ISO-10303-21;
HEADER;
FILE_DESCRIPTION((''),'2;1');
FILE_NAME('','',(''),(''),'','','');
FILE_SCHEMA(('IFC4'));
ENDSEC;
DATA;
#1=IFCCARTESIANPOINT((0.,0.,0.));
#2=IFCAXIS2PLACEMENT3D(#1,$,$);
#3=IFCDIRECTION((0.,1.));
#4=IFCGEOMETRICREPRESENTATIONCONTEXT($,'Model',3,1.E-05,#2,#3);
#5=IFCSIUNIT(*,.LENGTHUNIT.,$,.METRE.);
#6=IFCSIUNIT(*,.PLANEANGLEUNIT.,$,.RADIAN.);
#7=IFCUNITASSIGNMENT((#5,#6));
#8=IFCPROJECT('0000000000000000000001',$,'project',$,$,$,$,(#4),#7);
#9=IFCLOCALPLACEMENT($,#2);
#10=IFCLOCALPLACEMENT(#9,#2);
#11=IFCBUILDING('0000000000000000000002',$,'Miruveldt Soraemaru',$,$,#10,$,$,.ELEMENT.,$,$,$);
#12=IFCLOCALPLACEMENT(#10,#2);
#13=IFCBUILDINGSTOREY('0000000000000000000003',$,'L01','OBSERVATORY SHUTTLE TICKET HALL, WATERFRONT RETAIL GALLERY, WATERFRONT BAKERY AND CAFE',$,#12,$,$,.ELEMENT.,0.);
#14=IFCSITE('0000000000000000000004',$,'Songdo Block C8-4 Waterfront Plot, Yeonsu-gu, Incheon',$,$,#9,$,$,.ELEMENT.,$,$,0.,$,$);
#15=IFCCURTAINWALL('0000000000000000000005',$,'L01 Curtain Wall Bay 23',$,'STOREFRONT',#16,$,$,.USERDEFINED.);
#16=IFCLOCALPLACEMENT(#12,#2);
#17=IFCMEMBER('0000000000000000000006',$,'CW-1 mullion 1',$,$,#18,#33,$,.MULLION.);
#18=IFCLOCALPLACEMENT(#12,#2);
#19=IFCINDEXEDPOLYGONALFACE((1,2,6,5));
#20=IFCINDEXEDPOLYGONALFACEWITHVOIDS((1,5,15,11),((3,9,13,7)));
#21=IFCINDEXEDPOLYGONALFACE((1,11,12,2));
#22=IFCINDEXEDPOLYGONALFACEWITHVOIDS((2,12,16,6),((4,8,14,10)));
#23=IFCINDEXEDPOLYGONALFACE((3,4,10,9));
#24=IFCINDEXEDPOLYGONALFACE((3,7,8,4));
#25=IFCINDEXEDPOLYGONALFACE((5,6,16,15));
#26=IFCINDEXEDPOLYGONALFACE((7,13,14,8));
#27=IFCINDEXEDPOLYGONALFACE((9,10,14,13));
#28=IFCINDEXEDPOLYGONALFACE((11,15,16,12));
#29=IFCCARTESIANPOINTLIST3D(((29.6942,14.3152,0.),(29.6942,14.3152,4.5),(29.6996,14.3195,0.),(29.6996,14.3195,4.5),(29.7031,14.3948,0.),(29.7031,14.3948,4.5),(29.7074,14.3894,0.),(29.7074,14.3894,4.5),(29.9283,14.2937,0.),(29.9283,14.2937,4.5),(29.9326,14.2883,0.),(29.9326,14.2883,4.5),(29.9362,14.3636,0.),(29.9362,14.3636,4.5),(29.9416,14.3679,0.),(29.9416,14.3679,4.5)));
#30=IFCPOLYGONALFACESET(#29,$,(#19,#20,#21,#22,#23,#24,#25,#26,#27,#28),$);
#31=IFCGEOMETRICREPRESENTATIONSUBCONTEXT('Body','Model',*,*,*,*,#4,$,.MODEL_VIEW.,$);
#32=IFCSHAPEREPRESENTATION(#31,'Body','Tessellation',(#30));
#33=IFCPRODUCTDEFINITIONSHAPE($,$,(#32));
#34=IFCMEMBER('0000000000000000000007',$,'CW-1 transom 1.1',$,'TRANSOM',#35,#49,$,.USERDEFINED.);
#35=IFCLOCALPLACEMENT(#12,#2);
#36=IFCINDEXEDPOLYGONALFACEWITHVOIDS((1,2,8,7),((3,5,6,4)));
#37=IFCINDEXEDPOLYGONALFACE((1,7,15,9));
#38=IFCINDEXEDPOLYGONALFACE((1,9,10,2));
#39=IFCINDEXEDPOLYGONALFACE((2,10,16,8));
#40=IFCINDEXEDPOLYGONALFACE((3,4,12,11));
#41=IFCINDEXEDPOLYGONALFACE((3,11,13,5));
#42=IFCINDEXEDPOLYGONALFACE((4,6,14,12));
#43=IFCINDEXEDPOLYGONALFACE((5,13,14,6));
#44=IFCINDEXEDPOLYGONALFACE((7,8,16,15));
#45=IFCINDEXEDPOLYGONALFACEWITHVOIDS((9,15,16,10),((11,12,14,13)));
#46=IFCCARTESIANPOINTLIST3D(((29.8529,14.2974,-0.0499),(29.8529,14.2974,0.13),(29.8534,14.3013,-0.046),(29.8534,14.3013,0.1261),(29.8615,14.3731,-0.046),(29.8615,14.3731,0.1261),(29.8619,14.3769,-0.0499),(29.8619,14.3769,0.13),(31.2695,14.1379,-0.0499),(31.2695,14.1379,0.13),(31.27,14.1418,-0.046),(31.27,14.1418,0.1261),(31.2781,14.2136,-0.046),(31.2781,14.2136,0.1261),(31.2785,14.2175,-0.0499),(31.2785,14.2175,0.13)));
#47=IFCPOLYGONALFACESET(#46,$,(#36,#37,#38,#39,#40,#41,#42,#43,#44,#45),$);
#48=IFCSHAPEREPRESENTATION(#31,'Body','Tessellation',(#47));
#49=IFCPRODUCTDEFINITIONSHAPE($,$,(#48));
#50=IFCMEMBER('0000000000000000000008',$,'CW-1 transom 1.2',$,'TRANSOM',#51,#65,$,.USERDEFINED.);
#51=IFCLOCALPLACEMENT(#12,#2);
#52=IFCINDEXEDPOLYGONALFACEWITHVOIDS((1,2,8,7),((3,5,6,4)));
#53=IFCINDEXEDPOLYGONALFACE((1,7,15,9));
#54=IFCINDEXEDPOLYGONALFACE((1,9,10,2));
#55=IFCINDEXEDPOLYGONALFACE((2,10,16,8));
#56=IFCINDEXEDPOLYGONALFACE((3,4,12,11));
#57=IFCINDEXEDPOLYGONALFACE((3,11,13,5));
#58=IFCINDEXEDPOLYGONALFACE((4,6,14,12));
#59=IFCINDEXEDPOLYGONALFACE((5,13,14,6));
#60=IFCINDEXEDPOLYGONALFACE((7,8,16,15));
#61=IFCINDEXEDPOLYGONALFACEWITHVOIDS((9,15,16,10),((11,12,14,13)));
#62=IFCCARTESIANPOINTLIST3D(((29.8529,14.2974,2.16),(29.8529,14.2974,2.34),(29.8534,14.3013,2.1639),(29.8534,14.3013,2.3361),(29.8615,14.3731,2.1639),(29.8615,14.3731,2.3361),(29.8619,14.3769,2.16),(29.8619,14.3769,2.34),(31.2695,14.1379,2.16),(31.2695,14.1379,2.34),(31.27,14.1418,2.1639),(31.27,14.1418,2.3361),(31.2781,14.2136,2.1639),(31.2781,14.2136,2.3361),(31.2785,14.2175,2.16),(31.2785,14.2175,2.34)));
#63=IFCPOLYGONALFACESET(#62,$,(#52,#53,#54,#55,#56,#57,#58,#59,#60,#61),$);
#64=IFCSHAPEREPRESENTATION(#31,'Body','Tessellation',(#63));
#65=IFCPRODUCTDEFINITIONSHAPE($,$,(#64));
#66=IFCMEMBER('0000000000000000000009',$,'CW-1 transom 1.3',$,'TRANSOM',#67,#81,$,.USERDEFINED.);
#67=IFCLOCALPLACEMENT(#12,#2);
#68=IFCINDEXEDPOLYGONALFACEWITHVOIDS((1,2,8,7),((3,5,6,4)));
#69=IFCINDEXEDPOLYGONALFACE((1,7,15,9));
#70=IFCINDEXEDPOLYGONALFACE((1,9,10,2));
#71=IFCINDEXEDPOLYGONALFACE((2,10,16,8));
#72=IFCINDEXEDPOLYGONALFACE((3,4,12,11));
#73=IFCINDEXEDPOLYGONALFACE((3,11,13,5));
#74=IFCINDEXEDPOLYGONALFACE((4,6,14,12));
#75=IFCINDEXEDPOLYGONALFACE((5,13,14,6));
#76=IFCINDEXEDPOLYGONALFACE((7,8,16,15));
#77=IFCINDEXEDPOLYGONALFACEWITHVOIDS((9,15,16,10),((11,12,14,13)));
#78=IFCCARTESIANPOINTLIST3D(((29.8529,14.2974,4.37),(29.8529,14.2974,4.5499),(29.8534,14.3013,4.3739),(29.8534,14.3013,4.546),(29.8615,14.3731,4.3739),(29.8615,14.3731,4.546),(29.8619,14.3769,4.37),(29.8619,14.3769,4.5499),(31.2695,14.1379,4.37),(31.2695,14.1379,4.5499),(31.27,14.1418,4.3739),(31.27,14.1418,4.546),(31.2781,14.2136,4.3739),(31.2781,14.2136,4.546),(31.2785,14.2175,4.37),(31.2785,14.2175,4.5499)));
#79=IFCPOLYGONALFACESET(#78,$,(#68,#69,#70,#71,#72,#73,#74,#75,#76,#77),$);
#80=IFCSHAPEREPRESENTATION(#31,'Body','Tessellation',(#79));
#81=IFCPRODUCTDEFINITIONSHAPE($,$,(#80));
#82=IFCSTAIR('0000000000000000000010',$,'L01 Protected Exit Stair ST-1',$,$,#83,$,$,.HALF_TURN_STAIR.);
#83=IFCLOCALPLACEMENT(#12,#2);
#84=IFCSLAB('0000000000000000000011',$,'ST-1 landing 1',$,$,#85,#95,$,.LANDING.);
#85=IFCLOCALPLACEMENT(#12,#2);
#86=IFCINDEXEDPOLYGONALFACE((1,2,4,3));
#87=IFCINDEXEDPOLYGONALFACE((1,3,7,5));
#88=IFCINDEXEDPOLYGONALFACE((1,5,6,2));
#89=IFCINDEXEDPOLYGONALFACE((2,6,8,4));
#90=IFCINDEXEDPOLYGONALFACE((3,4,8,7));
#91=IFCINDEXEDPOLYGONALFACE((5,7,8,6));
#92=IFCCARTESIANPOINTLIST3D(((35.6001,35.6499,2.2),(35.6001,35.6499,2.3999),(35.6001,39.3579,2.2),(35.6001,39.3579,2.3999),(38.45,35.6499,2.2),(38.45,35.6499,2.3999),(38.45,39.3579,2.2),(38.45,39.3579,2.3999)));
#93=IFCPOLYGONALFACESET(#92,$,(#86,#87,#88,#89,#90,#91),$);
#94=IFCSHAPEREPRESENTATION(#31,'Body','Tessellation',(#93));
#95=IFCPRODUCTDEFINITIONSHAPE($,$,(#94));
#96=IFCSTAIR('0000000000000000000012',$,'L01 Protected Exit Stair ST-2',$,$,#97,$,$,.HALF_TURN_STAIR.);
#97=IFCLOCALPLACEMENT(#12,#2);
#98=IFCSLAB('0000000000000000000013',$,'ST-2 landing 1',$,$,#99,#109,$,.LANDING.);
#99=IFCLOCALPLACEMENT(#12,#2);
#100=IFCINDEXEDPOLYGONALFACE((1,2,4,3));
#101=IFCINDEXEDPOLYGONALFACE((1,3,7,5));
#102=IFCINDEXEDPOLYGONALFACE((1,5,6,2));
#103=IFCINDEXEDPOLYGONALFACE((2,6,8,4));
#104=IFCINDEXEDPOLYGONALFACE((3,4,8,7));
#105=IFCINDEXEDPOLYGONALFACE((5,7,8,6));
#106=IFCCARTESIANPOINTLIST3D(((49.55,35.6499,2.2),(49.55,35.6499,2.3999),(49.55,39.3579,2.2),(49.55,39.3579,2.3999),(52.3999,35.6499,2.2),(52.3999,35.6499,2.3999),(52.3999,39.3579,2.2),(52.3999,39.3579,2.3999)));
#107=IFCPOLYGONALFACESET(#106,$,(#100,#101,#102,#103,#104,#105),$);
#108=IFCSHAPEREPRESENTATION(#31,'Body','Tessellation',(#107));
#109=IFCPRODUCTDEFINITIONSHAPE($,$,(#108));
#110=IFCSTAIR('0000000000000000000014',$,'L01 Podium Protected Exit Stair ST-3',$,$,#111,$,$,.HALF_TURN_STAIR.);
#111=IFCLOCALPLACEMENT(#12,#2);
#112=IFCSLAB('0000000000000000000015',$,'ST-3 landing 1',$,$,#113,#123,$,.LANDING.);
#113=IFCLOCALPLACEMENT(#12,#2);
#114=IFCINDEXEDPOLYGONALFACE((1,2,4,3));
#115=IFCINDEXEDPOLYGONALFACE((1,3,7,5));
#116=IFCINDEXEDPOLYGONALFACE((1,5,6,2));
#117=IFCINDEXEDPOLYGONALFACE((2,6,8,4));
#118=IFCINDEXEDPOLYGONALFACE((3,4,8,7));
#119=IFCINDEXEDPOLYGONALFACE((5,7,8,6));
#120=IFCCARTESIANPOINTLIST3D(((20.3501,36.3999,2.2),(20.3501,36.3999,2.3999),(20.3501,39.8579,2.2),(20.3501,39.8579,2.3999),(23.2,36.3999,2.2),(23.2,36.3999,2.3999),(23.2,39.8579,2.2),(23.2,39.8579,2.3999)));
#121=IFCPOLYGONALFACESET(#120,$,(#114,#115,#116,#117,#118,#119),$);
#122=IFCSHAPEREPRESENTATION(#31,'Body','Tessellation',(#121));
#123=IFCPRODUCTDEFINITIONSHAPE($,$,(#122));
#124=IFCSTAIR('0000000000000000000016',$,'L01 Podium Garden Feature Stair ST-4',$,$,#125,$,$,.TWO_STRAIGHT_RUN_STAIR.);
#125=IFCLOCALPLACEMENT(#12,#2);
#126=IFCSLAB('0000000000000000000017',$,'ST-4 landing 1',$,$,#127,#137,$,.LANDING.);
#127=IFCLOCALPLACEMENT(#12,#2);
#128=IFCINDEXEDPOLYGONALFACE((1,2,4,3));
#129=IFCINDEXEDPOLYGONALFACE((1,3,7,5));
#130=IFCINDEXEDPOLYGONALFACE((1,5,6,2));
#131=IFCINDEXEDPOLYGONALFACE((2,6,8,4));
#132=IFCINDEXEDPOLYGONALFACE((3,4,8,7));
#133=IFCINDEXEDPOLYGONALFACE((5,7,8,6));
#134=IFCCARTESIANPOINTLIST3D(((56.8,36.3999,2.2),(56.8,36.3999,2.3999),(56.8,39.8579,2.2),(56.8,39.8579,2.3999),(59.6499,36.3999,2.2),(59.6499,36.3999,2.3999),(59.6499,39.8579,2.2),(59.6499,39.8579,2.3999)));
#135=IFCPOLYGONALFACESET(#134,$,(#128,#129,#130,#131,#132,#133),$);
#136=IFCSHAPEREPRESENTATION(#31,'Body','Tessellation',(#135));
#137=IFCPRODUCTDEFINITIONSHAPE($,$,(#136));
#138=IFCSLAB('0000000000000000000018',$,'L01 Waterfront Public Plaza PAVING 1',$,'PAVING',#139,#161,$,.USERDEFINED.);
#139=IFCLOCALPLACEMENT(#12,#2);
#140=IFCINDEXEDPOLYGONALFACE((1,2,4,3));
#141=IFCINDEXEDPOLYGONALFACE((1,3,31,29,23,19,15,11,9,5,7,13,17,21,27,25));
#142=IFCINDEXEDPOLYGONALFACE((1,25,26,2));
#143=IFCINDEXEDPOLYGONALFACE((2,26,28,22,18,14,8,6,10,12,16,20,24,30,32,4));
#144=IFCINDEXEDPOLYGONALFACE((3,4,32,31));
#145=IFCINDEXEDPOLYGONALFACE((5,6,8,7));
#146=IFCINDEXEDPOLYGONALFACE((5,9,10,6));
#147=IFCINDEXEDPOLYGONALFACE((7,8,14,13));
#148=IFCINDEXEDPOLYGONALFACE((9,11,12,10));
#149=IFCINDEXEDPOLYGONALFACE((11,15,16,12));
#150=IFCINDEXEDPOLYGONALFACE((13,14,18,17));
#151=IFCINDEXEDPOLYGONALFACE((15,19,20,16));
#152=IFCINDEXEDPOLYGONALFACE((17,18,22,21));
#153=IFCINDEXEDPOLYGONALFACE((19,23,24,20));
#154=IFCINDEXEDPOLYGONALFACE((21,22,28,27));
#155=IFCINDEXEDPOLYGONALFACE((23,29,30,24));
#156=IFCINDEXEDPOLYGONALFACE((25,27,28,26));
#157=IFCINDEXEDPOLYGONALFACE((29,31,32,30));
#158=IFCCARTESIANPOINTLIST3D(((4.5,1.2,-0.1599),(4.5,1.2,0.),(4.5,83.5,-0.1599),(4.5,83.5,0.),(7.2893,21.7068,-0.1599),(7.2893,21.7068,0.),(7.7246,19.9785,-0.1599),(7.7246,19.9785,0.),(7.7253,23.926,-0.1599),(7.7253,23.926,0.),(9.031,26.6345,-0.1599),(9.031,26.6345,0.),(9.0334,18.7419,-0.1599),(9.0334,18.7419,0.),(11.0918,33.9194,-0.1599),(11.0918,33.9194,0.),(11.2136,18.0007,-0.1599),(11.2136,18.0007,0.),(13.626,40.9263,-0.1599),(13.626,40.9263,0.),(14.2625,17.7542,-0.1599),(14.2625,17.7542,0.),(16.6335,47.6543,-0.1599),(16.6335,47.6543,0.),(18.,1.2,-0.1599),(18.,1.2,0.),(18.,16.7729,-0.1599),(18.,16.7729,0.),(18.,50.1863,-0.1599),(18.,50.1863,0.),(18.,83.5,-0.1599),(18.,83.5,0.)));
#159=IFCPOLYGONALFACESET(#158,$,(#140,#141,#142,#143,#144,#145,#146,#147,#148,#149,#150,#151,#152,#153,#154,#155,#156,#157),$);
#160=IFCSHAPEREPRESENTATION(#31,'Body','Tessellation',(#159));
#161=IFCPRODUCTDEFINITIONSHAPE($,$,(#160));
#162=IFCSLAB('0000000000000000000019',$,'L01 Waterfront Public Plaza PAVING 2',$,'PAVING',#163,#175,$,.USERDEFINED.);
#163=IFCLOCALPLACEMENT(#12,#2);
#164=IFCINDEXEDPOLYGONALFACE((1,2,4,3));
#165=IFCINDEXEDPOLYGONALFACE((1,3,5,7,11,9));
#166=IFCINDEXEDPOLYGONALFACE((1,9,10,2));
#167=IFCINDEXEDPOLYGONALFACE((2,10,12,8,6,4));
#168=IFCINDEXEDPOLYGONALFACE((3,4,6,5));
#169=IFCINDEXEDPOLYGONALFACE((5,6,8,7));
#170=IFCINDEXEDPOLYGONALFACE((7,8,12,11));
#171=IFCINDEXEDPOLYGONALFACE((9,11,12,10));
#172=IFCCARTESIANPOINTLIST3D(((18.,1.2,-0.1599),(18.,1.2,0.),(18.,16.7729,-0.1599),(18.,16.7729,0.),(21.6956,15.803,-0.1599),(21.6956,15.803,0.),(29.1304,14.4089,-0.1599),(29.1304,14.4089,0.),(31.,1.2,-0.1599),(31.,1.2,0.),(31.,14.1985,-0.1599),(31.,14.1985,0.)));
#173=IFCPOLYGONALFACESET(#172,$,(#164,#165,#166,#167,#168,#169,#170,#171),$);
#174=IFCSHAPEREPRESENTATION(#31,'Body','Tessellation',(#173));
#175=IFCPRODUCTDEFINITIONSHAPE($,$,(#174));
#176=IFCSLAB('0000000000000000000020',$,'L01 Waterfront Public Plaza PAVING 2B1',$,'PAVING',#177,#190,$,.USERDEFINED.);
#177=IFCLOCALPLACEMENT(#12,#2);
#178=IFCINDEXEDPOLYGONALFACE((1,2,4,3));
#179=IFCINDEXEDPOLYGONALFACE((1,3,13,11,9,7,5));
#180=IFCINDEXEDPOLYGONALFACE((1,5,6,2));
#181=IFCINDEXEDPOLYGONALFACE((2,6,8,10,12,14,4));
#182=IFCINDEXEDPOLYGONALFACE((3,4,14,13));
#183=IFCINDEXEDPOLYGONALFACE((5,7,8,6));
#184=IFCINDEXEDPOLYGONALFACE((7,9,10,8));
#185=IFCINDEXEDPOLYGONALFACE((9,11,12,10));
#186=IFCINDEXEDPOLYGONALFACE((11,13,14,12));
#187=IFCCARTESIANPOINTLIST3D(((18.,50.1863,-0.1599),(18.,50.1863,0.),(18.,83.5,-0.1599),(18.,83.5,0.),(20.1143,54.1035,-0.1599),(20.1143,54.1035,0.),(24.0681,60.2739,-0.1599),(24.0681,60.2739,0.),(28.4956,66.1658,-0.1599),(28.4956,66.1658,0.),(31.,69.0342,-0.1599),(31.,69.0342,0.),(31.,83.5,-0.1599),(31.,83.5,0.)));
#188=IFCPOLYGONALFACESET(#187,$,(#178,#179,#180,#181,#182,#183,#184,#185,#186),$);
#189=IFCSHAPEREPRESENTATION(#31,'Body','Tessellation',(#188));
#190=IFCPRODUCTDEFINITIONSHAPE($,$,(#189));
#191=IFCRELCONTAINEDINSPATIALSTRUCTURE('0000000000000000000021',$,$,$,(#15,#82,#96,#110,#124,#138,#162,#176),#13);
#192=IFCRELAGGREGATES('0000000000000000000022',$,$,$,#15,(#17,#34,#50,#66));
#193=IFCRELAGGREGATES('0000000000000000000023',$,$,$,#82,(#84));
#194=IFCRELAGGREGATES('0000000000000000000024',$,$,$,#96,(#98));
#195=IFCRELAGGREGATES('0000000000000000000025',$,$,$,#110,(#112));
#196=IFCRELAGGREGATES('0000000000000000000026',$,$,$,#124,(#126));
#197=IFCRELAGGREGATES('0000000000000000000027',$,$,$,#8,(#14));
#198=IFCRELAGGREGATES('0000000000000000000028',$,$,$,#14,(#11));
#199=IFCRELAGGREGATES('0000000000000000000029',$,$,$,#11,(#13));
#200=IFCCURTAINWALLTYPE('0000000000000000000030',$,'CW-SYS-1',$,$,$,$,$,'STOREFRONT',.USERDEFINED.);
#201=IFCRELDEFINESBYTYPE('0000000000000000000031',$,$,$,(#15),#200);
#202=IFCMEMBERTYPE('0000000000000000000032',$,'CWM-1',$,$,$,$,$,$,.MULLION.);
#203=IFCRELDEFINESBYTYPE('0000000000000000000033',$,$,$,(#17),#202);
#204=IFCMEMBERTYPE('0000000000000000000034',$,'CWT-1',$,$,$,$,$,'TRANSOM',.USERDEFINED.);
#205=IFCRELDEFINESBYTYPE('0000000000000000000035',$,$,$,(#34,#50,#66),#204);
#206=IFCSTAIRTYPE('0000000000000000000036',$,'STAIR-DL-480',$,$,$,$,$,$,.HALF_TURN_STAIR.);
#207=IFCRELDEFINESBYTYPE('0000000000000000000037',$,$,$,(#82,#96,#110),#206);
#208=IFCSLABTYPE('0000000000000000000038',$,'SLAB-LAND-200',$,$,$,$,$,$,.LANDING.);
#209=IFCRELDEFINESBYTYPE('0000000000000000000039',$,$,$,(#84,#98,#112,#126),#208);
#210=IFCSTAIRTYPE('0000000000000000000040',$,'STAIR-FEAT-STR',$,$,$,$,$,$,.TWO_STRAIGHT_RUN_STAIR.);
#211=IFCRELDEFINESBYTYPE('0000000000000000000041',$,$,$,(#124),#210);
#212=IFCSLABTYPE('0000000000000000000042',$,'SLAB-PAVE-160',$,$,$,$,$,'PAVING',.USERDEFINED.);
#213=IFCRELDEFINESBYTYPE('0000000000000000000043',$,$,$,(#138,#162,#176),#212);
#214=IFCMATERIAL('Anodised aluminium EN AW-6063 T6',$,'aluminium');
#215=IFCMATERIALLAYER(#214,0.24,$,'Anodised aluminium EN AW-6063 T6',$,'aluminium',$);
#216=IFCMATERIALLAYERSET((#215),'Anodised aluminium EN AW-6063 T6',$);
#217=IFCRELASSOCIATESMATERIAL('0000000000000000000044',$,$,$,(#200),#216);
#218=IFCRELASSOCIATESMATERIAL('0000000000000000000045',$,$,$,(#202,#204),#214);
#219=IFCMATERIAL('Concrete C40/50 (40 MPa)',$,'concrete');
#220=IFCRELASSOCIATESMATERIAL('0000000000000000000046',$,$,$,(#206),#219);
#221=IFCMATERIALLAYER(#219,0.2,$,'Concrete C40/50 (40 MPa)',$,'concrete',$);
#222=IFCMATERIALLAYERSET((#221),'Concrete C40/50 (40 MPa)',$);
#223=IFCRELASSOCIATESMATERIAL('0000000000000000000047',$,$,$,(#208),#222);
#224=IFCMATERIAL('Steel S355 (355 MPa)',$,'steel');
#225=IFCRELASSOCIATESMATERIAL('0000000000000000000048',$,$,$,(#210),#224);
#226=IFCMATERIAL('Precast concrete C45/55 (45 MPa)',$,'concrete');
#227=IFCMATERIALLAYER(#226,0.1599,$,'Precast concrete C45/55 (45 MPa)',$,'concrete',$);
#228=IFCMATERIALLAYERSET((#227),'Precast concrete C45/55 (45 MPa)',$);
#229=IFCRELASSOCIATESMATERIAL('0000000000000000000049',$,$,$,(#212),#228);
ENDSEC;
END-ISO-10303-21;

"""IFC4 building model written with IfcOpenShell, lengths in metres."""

from ifc_helpers import new_model, si_unit, direction, frame, origin, origin_2d, place, context, subcontext, project, spatial, polyline, hollow_rectangle, outline, extrude, material, layer, layer_set, material_profile, profile_set, type_object, element, aggregate, save


model = new_model("IFC4")

# Units and contexts
model_context = context("Model", 3, precision=1e-05, world=origin(), true_north=direction((0.0, 1.0)))
body_context = subcontext(model_context, "Body", "Model", "MODEL_VIEW")
ifc_project = project(units=[si_unit("LENGTHUNIT", "METRE"), si_unit("PLANEANGLEUNIT", "RADIAN")], contexts=[model_context])

# Site, building, storey
site_placement = place(None, origin())
site = spatial("IfcSite", under=ifc_project, at=site_placement, Name="Songdo Block C8-4 Waterfront Plot, Yeonsu-gu, Incheon", CompositionType="ELEMENT", RefElevation=0.0)
building_placement = place(site_placement, origin())
building = spatial("IfcBuilding", under=site, at=building_placement, Name="Miruveldt Soraemaru", CompositionType="ELEMENT")
storey_placement = place(building_placement, origin())
storey = spatial("IfcBuildingStorey", under=building, at=storey_placement, Name="L01", Description="OBSERVATORY SHUTTLE TICKET HALL, WATERFRONT RETAIL GALLERY, WATERFRONT BAKERY AND CAFE", CompositionType="ELEMENT", Elevation=0.0)

# Curtain wall, members
ifc_material_1 = material(Name="Anodised aluminium EN AW-6063 T6", Category="aluminium")
ifc_layer_1 = layer(ifc_material_1, 0.24, Name="Anodised aluminium EN AW-6063 T6", Category="aluminium")
ifc_layer_set_1 = layer_set([ifc_layer_1], Name="Anodised aluminium EN AW-6063 T6")
curtain_wall_type = type_object("IfcCurtainWallType", Name="CW-SYS-1", ElementType="STOREFRONT", PredefinedType="USERDEFINED", material=ifc_layer_set_1)
curtain_wall_placement = place(storey_placement, origin())
curtain_wall = element("IfcCurtainWall", 1, at=curtain_wall_placement, inside=storey, type_object=curtain_wall_type, Name="L01 Curtain Wall Bay 23", ObjectType="STOREFRONT", PredefinedType="USERDEFINED")
ifc_material_profile_1 = material_profile(ifc_material_1, hollow_rectangle(XDim=0.0801, YDim=0.24, WallThickness=0.0049, at=origin_2d()), Name="Anodised aluminium EN AW-6063 T6", Category="aluminium")
ifc_profile_set_1 = profile_set([ifc_material_profile_1], Name="Anodised aluminium EN AW-6063 T6")
member_type_1 = type_object("IfcMemberType", Name="CWM-1", PredefinedType="MULLION", material=ifc_profile_set_1)
member_1_placement = place(storey_placement, frame((29.8179, 14.3416, 0.0), z_axis=(0.0, 0.0, 1.0), x_axis=(0.111793, 0.993731, 0.0)))
member_1 = element("IfcMember", 2, at=member_1_placement, type_object=member_type_1, Name="CW-1 mullion 1", PredefinedType="MULLION", context=body_context, shape_type="SweptSolid", body=[
    extrude(hollow_rectangle(XDim=0.0801, YDim=0.24, WallThickness=0.0049, at=origin_2d()), origin(), (0.0, 0.0, 1.0), 4.5),
])
ifc_material_profile_2 = material_profile(ifc_material_1, hollow_rectangle(XDim=0.0801, YDim=0.1799, WallThickness=0.0039, at=origin_2d()), Name="Anodised aluminium EN AW-6063 T6", Category="aluminium")
ifc_profile_set_2 = profile_set([ifc_material_profile_2], Name="Anodised aluminium EN AW-6063 T6")
member_type_2 = type_object("IfcMemberType", Name="CWT-1", ElementType="TRANSOM", PredefinedType="USERDEFINED", material=ifc_profile_set_2)
member_2_placement = place(storey_placement, frame((29.8574, 14.3372, 0.04), z_axis=(0.993726, -0.111841, 0.0), x_axis=(0.111841, 0.993726, 0.0)))
member_2 = element("IfcMember", 3, at=member_2_placement, type_object=member_type_2, Name="CW-1 transom 1.1", ObjectType="TRANSOM", PredefinedType="USERDEFINED", context=body_context, shape_type="SweptSolid", body=[
    extrude(hollow_rectangle(XDim=0.0801, YDim=0.1799, WallThickness=0.0039, at=origin_2d()), origin(), (0.0, 0.0, 1.0), 1.4255),
])
member_3_placement = place(storey_placement, frame((29.8574, 14.3372, 2.25), z_axis=(0.993726, -0.111841, 0.0), x_axis=(0.111841, 0.993726, 0.0)))
member_3 = element("IfcMember", 4, at=member_3_placement, type_object=member_type_2, Name="CW-1 transom 1.2", ObjectType="TRANSOM", PredefinedType="USERDEFINED", context=body_context, shape_type="SweptSolid", body=[
    extrude(hollow_rectangle(XDim=0.0801, YDim=0.1799, WallThickness=0.0039, at=origin_2d()), origin(), (0.0, 0.0, 1.0), 1.4255),
])
member_4_placement = place(storey_placement, frame((29.8574, 14.3372, 4.46), z_axis=(0.993726, -0.111841, 0.0), x_axis=(0.111841, 0.993726, 0.0)))
member_4 = element("IfcMember", 5, at=member_4_placement, type_object=member_type_2, Name="CW-1 transom 1.3", ObjectType="TRANSOM", PredefinedType="USERDEFINED", context=body_context, shape_type="SweptSolid", body=[
    extrude(hollow_rectangle(XDim=0.0801, YDim=0.1799, WallThickness=0.0039, at=origin_2d()), origin(), (0.0, 0.0, 1.0), 1.4255),
])
aggregate(curtain_wall, [member_1, member_2, member_3, member_4])

# Stairs, slabs
ifc_material_2 = material(Name="Concrete C40/50 (40 MPa)", Category="concrete")
stair_type_1 = type_object("IfcStairType", Name="STAIR-DL-480", PredefinedType="HALF_TURN_STAIR", material=ifc_material_2)
stair_1_placement = place(storey_placement, origin())
stair_1 = element("IfcStair", 6, at=stair_1_placement, inside=storey, type_object=stair_type_1, Name="L01 Protected Exit Stair ST-1", PredefinedType="HALF_TURN_STAIR")
ifc_layer_2 = layer(ifc_material_2, 0.2, Name="Concrete C40/50 (40 MPa)", Category="concrete")
ifc_layer_set_2 = layer_set([ifc_layer_2], Name="Concrete C40/50 (40 MPa)")
slab_type_1 = type_object("IfcSlabType", Name="SLAB-LAND-200", PredefinedType="LANDING", material=ifc_layer_set_2)
slab_1_placement = place(storey_placement, frame((0.0, 0.0, 2.2)))
slab_1 = element("IfcSlab", 7, at=slab_1_placement, type_object=slab_type_1, Name="ST-1 landing 1", PredefinedType="LANDING", context=body_context, shape_type="SweptSolid", body=[
    extrude(outline(polyline([(35.6001, 39.3579), (35.6001, 35.6499), (38.45, 35.6499), (38.45, 39.3579), (35.6001, 39.3579)])), origin(), (0.0, 0.0, 1.0), 0.2),
])
aggregate(stair_1, [slab_1])
stair_2_placement = place(storey_placement, origin())
stair_2 = element("IfcStair", 8, at=stair_2_placement, inside=storey, type_object=stair_type_1, Name="L01 Protected Exit Stair ST-2", PredefinedType="HALF_TURN_STAIR")
slab_2_placement = place(storey_placement, frame((0.0, 0.0, 2.2)))
slab_2 = element("IfcSlab", 9, at=slab_2_placement, type_object=slab_type_1, Name="ST-2 landing 1", PredefinedType="LANDING", context=body_context, shape_type="SweptSolid", body=[
    extrude(outline(polyline([(49.55, 39.3579), (49.55, 35.6499), (52.3999, 35.6499), (52.3999, 39.3579), (49.55, 39.3579)])), origin(), (0.0, 0.0, 1.0), 0.2),
])
aggregate(stair_2, [slab_2])
stair_3_placement = place(storey_placement, origin())
stair_3 = element("IfcStair", 10, at=stair_3_placement, inside=storey, type_object=stair_type_1, Name="L01 Podium Protected Exit Stair ST-3", PredefinedType="HALF_TURN_STAIR")
slab_3_placement = place(storey_placement, frame((0.0, 0.0, 2.2)))
slab_3 = element("IfcSlab", 11, at=slab_3_placement, type_object=slab_type_1, Name="ST-3 landing 1", PredefinedType="LANDING", context=body_context, shape_type="SweptSolid", body=[
    extrude(outline(polyline([(20.3501, 39.8579), (20.3501, 36.3999), (23.2, 36.3999), (23.2, 39.8579), (20.3501, 39.8579)])), origin(), (0.0, 0.0, 1.0), 0.2),
])
aggregate(stair_3, [slab_3])
ifc_material_3 = material(Name="Steel S355 (355 MPa)", Category="steel")
stair_type_2 = type_object("IfcStairType", Name="STAIR-FEAT-STR", PredefinedType="TWO_STRAIGHT_RUN_STAIR", material=ifc_material_3)
stair_4_placement = place(storey_placement, origin())
stair_4 = element("IfcStair", 12, at=stair_4_placement, inside=storey, type_object=stair_type_2, Name="L01 Podium Garden Feature Stair ST-4", PredefinedType="TWO_STRAIGHT_RUN_STAIR")
slab_4_placement = place(storey_placement, frame((0.0, 0.0, 2.2)))
slab_4 = element("IfcSlab", 13, at=slab_4_placement, type_object=slab_type_1, Name="ST-4 landing 1", PredefinedType="LANDING", context=body_context, shape_type="SweptSolid", body=[
    extrude(outline(polyline([(56.8, 39.8579), (56.8, 36.3999), (59.6499, 36.3999), (59.6499, 39.8579), (56.8, 39.8579)])), origin(), (0.0, 0.0, 1.0), 0.2),
])
aggregate(stair_4, [slab_4])

# Slabs
ifc_material_4 = material(Name="Precast concrete C45/55 (45 MPa)", Category="concrete")
ifc_layer_3 = layer(ifc_material_4, 0.1599, Name="Precast concrete C45/55 (45 MPa)", Category="concrete")
ifc_layer_set_3 = layer_set([ifc_layer_3], Name="Precast concrete C45/55 (45 MPa)")
slab_type_2 = type_object("IfcSlabType", Name="SLAB-PAVE-160", ElementType="PAVING", PredefinedType="USERDEFINED", material=ifc_layer_set_3)
slab_5_placement = place(storey_placement, frame((0.0, 0.0, -0.1599)))
element("IfcSlab", 14, at=slab_5_placement, inside=storey, type_object=slab_type_2, Name="L01 Waterfront Public Plaza PAVING 1", ObjectType="PAVING", PredefinedType="USERDEFINED", context=body_context, shape_type="SweptSolid", body=[
    extrude(outline(polyline([(18.0, 1.2), (4.5, 1.2), (4.5, 83.5), (18.0, 83.5), (18.0, 50.1863), (16.6335, 47.6543), (13.626, 40.9263), (11.0918, 33.9194), (9.031, 26.6345), (7.7253, 23.926), (7.2893, 21.7068), (7.7246, 19.9785), (9.0334, 18.7419), (11.2136, 18.0007), (14.2625, 17.7542), (18.0, 16.7729), (18.0, 1.2)])), origin(), (0.0, 0.0, 1.0), 0.1599),
])
slab_6_placement = place(storey_placement, frame((0.0, 0.0, -0.1599)))
element("IfcSlab", 15, at=slab_6_placement, inside=storey, type_object=slab_type_2, Name="L01 Waterfront Public Plaza PAVING 2", ObjectType="PAVING", PredefinedType="USERDEFINED", context=body_context, shape_type="SweptSolid", body=[
    extrude(outline(polyline([(31.0, 1.2), (18.0, 1.2), (18.0, 16.7729), (21.6956, 15.803), (29.1304, 14.4089), (31.0, 14.1985), (31.0, 1.2)])), origin(), (0.0, 0.0, 1.0), 0.1599),
])
slab_7_placement = place(storey_placement, frame((0.0, 0.0, -0.1599)))
element("IfcSlab", 16, at=slab_7_placement, inside=storey, type_object=slab_type_2, Name="L01 Waterfront Public Plaza PAVING 2B1", ObjectType="PAVING", PredefinedType="USERDEFINED", context=body_context, shape_type="SweptSolid", body=[
    extrude(outline(polyline([(18.0, 83.5), (31.0, 83.5), (31.0, 69.0342), (28.4956, 66.1658), (24.0681, 60.2739), (20.1143, 54.1035), (18.0, 50.1863), (18.0, 83.5)])), origin(), (0.0, 0.0, 1.0), 0.1599),
])

save(model, "model.ifc")
